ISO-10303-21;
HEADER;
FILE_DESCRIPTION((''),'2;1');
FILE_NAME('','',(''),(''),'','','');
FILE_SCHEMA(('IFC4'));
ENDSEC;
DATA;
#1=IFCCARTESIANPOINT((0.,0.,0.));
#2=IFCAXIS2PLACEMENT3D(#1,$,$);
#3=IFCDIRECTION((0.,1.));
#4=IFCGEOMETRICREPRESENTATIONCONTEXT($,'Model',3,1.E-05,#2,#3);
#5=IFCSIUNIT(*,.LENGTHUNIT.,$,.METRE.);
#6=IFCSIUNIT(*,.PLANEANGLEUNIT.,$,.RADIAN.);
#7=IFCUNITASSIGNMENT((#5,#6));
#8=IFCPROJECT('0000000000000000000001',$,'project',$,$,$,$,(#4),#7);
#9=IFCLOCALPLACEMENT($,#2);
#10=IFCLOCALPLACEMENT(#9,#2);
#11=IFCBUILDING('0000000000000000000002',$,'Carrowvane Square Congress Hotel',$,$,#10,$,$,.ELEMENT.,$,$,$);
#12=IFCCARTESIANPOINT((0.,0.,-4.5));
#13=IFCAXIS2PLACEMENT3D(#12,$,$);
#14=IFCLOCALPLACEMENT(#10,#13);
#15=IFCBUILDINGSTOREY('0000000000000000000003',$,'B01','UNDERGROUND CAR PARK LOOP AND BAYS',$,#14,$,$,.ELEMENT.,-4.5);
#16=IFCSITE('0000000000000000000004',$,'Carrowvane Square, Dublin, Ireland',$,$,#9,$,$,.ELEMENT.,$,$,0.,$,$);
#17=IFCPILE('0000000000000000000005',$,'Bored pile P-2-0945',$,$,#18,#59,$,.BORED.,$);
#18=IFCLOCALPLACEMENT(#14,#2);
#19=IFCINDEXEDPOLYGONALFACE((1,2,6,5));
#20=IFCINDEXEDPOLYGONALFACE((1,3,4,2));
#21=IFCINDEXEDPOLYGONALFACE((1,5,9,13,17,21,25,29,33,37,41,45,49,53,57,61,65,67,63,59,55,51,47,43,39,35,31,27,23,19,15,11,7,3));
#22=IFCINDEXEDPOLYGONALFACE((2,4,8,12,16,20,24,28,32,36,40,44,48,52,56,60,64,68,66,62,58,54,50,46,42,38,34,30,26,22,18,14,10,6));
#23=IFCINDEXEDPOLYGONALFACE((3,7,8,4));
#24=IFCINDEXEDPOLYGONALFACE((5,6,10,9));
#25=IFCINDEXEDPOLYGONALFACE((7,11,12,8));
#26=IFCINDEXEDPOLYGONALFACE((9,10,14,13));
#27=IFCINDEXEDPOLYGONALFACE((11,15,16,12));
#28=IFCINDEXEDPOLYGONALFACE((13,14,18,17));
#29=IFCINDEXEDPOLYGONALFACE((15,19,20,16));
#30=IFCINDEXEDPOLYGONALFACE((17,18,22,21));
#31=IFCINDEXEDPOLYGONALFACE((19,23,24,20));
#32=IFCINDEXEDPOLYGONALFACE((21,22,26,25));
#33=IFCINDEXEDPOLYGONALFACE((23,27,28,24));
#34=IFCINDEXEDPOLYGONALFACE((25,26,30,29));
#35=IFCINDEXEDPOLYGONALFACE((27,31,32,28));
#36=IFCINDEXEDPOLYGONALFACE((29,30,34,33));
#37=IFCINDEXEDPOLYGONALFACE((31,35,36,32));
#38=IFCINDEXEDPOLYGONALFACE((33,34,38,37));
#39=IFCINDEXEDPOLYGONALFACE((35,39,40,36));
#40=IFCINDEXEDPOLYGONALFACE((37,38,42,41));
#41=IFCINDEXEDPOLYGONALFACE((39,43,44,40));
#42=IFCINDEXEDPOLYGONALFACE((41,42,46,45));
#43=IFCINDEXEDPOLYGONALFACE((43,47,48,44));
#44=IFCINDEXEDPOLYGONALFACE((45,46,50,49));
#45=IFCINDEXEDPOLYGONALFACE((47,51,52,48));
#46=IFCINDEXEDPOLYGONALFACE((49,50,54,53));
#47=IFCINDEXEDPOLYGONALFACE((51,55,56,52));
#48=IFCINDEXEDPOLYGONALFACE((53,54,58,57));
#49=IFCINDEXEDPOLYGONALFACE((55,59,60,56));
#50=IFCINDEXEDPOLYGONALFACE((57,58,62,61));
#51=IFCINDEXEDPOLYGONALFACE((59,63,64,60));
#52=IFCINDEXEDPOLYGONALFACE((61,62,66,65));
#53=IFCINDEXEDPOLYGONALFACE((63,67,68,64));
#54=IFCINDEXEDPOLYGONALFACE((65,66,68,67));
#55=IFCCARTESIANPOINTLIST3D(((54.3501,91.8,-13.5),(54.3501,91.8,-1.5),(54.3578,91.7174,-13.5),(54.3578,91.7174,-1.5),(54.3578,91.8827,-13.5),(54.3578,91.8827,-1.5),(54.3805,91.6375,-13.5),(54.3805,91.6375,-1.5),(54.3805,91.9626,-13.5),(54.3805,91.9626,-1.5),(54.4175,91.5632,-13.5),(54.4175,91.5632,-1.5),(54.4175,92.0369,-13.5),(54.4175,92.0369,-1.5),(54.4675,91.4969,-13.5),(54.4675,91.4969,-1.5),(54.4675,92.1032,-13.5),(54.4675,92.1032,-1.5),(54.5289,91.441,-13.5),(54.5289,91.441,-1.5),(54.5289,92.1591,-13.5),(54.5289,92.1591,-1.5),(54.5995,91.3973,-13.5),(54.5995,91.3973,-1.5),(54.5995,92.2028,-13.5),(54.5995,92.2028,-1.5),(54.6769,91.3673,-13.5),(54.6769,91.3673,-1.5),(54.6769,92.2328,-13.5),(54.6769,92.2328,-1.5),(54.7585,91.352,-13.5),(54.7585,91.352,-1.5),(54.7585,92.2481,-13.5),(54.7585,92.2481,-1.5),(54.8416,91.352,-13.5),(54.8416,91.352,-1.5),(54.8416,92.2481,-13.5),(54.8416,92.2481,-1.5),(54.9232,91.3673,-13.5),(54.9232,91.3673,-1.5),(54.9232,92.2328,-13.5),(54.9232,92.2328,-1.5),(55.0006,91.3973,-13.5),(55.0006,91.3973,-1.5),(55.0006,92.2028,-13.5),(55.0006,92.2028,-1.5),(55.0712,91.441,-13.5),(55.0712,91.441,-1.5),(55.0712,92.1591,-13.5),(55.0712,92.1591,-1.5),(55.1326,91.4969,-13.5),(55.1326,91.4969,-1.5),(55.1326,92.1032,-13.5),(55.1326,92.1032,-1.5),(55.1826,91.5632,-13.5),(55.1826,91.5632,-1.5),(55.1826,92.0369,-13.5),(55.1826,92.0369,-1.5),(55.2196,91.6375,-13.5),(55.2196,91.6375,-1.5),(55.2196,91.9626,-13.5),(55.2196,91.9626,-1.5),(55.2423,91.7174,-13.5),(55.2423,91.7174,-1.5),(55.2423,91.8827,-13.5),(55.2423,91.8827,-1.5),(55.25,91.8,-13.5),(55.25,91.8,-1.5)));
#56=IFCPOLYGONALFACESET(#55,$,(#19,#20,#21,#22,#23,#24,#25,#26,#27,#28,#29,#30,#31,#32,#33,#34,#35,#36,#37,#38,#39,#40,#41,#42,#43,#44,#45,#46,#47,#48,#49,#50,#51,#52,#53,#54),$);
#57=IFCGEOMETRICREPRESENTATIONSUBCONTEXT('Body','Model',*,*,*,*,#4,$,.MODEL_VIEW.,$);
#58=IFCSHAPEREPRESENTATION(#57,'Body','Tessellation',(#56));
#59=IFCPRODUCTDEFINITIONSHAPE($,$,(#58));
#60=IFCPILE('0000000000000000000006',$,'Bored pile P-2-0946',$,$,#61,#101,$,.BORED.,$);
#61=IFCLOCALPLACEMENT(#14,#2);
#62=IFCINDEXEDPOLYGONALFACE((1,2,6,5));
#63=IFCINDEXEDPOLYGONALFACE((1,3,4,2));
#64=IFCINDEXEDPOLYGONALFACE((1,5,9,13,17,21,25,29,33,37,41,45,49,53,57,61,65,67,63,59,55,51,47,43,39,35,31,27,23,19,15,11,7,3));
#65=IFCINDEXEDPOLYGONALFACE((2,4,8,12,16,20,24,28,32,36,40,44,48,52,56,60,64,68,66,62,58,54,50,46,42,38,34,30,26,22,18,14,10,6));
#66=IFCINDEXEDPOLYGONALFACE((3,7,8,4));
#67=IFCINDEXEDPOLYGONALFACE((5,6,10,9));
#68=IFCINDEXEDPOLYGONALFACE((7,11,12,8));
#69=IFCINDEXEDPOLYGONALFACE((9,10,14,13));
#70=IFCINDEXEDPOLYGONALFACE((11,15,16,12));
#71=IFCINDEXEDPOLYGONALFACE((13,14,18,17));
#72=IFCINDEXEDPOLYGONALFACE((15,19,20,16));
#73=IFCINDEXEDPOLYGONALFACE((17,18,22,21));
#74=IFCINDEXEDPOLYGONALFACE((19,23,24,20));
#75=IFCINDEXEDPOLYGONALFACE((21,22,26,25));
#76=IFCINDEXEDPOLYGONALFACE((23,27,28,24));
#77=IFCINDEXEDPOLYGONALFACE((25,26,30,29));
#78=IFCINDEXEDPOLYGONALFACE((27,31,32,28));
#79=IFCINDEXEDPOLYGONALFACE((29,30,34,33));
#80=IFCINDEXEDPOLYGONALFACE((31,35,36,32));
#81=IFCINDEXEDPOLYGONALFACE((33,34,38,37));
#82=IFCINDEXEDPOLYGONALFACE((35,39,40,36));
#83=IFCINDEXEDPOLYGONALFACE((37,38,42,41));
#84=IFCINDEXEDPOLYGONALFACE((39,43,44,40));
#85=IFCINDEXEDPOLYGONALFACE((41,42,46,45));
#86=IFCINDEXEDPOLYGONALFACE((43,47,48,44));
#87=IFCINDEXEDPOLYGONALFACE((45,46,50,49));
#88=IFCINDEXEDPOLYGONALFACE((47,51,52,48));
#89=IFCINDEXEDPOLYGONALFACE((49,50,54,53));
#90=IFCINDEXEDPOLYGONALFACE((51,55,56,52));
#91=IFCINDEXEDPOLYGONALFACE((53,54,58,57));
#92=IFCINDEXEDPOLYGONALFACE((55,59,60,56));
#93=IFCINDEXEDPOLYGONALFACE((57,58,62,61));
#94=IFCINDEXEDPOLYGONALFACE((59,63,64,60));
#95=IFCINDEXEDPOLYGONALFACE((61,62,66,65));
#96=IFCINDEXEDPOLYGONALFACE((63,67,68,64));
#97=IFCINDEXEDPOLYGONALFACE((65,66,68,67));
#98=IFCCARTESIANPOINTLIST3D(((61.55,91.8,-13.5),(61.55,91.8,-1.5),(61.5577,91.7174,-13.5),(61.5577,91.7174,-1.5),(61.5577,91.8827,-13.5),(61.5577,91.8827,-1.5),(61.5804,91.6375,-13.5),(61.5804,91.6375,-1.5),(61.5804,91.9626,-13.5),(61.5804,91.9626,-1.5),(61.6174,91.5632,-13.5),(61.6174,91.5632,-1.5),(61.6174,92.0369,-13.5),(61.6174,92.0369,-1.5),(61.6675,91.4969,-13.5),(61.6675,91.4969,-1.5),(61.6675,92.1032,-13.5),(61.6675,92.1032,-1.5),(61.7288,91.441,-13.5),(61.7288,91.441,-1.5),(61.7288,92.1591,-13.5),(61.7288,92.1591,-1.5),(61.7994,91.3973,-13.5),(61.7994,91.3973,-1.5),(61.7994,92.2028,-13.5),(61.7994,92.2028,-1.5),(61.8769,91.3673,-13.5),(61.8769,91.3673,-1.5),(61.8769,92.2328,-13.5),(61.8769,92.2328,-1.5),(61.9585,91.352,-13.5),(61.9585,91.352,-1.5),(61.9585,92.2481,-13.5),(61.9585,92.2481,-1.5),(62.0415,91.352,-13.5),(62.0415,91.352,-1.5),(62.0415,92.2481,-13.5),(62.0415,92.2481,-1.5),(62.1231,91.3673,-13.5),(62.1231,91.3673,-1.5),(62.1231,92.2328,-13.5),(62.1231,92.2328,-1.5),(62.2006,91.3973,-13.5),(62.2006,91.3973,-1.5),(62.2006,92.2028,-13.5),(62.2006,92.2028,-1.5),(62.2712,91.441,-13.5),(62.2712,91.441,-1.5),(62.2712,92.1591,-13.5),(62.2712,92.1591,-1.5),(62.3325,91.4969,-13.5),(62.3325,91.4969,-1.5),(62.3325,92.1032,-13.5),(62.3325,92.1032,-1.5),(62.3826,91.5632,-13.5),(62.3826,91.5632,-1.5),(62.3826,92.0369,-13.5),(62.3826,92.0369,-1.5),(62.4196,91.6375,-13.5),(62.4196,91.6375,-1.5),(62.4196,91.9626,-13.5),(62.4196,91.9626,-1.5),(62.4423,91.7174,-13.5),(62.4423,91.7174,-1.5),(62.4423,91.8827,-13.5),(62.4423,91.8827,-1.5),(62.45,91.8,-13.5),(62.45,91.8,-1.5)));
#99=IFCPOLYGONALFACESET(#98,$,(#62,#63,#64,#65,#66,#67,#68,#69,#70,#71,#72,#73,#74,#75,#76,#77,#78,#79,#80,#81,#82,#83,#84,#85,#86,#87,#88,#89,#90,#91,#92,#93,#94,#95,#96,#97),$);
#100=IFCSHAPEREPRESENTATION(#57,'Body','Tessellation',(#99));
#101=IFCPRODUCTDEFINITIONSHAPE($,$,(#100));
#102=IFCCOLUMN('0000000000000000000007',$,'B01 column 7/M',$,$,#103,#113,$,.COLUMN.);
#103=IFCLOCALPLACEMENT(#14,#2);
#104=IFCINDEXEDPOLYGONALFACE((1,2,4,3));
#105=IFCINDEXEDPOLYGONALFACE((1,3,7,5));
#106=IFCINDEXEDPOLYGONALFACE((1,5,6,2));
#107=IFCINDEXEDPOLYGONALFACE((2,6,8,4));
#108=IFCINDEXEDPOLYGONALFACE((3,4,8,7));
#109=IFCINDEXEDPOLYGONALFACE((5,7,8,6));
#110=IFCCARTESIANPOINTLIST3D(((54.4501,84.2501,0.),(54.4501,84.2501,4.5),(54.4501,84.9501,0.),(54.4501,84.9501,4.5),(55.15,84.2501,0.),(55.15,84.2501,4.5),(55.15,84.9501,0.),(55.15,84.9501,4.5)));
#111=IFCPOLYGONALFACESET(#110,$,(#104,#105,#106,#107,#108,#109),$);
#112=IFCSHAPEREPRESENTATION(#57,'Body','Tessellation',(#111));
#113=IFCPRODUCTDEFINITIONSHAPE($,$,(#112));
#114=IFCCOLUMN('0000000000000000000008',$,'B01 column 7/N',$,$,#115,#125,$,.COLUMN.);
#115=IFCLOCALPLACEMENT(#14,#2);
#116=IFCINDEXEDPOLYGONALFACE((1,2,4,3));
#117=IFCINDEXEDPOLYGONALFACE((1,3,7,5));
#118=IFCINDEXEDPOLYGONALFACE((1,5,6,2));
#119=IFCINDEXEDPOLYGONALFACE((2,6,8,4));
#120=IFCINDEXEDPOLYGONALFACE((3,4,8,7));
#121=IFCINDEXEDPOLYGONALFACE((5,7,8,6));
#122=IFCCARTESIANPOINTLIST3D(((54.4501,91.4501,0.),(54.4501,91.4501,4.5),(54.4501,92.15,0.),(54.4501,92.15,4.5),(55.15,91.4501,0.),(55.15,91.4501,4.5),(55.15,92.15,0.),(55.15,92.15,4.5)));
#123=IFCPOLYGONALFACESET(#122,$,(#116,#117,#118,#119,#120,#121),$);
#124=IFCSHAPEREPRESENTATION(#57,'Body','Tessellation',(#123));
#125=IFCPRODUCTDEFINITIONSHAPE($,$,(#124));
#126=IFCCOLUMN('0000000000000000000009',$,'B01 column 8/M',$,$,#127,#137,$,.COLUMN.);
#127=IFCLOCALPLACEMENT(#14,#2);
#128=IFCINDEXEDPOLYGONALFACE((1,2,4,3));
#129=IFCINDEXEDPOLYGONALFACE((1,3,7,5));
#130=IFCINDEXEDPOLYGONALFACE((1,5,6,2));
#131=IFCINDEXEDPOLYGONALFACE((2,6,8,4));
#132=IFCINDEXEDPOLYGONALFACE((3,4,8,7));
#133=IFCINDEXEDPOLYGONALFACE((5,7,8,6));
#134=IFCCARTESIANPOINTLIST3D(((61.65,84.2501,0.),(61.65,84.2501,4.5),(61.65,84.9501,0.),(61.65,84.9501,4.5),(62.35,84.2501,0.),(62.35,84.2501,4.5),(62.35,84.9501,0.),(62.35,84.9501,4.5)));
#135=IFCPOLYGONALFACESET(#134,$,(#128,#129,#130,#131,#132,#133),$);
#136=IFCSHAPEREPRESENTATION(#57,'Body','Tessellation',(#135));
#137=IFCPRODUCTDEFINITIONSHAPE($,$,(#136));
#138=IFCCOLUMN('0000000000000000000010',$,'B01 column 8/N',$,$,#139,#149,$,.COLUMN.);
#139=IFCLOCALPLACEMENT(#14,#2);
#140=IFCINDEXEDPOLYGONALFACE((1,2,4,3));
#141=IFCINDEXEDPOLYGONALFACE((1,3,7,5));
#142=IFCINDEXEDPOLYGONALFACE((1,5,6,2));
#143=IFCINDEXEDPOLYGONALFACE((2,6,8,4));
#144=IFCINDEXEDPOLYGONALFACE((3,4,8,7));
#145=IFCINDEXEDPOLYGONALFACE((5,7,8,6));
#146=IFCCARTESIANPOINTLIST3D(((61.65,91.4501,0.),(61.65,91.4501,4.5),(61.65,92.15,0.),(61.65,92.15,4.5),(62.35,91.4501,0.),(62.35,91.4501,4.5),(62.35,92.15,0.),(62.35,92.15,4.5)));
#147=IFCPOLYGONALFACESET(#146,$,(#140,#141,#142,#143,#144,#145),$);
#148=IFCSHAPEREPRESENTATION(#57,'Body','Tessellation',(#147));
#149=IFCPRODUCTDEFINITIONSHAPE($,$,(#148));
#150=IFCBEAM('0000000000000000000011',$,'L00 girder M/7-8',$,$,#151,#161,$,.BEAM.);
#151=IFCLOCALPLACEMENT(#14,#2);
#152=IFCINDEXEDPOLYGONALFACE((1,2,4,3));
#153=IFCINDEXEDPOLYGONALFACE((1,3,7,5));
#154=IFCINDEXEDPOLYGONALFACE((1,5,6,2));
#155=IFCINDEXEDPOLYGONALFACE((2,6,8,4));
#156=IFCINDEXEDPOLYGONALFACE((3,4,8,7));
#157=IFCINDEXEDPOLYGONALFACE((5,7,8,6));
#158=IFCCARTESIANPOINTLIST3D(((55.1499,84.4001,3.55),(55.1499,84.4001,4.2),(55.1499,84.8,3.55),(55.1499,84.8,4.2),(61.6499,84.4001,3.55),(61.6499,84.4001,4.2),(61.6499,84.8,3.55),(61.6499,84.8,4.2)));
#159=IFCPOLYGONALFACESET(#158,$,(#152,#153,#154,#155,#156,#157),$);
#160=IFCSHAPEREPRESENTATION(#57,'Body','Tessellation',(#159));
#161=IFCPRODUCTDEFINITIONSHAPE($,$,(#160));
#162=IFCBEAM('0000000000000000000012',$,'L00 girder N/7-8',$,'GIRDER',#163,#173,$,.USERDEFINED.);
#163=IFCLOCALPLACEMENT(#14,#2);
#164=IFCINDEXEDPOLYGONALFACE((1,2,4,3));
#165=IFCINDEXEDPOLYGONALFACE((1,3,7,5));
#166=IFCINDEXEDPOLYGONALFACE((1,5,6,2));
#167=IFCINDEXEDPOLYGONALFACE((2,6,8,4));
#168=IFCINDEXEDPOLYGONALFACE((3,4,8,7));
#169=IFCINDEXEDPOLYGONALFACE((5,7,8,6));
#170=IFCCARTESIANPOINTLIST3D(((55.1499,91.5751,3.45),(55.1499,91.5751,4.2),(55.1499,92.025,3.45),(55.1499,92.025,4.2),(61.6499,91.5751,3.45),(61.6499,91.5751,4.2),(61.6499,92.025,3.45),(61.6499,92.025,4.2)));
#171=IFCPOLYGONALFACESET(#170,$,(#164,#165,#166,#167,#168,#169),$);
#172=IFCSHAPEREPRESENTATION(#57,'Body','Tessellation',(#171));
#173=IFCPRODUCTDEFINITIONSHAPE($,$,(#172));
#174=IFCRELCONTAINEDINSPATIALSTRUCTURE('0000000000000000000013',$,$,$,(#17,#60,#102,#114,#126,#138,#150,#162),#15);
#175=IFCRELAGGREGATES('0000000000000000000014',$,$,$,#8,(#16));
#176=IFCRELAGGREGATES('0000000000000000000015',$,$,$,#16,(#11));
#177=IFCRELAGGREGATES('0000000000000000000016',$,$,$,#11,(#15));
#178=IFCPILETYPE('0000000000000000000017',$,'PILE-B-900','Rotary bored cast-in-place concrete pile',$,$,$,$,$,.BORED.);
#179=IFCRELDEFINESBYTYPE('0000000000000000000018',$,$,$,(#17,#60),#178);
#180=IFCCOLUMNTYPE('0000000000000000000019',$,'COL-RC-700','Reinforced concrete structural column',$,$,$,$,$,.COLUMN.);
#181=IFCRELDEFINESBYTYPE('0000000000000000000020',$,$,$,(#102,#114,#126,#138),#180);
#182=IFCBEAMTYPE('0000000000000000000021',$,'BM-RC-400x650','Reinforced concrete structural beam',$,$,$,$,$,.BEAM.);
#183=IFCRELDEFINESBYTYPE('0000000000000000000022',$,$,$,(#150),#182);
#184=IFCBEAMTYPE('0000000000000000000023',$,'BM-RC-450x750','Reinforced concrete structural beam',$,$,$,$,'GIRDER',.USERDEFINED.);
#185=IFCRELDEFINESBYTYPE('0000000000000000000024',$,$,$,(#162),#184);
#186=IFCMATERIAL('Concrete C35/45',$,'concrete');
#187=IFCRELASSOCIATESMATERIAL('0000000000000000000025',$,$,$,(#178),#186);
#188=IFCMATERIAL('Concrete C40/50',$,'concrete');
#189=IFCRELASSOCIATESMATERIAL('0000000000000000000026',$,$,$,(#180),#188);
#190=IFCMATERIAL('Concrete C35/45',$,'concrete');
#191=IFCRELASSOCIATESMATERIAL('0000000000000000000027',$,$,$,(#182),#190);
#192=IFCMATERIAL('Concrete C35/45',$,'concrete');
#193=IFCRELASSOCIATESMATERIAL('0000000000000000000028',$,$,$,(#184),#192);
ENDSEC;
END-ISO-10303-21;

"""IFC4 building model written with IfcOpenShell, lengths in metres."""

from ifc_helpers import new_model, si_unit, direction, frame, origin, origin_2d, place, context, subcontext, project, spatial, rectangle, circle, extrude, material, material_profile, profile_set, type_object, element, save


model = new_model("IFC4")

# Units and contexts
model_context = context("Model", 3, precision=1e-05, world=origin(), true_north=direction((0.0, 1.0)))
body_context = subcontext(model_context, "Body", "Model", "MODEL_VIEW")
ifc_project = project(units=[si_unit("LENGTHUNIT", "METRE"), si_unit("PLANEANGLEUNIT", "RADIAN")], contexts=[model_context])

# Site, building, storey
site_placement = place(None, origin())
site = spatial("IfcSite", under=ifc_project, at=site_placement, Name="Carrowvane Square, Dublin, Ireland", CompositionType="ELEMENT", RefElevation=0.0)
building_placement = place(site_placement, origin())
building = spatial("IfcBuilding", under=site, at=building_placement, Name="Carrowvane Square Congress Hotel", CompositionType="ELEMENT")
storey_placement = place(building_placement, frame((0.0, 0.0, -4.5)))
storey = spatial("IfcBuildingStorey", under=building, at=storey_placement, Name="B01", Description="UNDERGROUND CAR PARK LOOP AND BAYS", CompositionType="ELEMENT", Elevation=-4.5)

# Piles
ifc_material_1 = material(Name="Concrete C35/45", Category="concrete")
ifc_material_profile_1 = material_profile(ifc_material_1, circle(Radius=0.45, at=origin_2d()), Name="PILE D900")
ifc_profile_set_1 = profile_set([ifc_material_profile_1], Name="Concrete C35/45")
pile_type_1 = type_object("IfcPileType", Name="PILE-B-900", Description="Rotary bored cast-in-place concrete pile", PredefinedType="BORED", material=ifc_profile_set_1)
for number, where, z_axis, x_axis, name in (
    (1, (54.8, 91.8, -1.5), (0.0, 0.0, -1.0), (1.0, 0.0, 0.0), "Bored pile P-2-0945"),
    (2, (62.0, 91.8, -1.5), (0.0, 0.0, -1.0), (1.0, 0.0, 0.0), "Bored pile P-2-0946"),
):
    element("IfcPile", number, at=place(storey_placement, frame(where, z_axis=z_axis, x_axis=x_axis)), inside=storey, type_object=pile_type_1, Name=name, PredefinedType="BORED", context=body_context, shape_type="SweptSolid", body=[
        extrude(circle(Radius=0.45, at=origin_2d()), origin(), (0.0, 0.0, 1.0), 12.0),
    ])

# Columns
ifc_material_2 = material(Name="Concrete C40/50", Category="concrete")
ifc_material_profile_2 = material_profile(ifc_material_2, rectangle(XDim=0.7, YDim=0.7, at=origin_2d()), Name="RC 700x700")
ifc_profile_set_2 = profile_set([ifc_material_profile_2], Name="Concrete C40/50")
column_type = type_object("IfcColumnType", Name="COL-RC-700", Description="Reinforced concrete structural column", PredefinedType="COLUMN", material=ifc_profile_set_2)
for number, where, z_axis, x_axis, name in (
    (3, (54.8, 84.6001, 0.0), (0.0, 0.0, 1.0), (1.0, 0.0, 0.0), "B01 column 7/M"),
    (4, (54.8, 91.8, 0.0), (0.0, 0.0, 1.0), (1.0, 0.0, 0.0), "B01 column 7/N"),
    (5, (62.0, 84.6001, 0.0), (0.0, 0.0, 1.0), (1.0, 0.0, 0.0), "B01 column 8/M"),
    (6, (62.0, 91.8, 0.0), (0.0, 0.0, 1.0), (1.0, 0.0, 0.0), "B01 column 8/N"),
):
    element("IfcColumn", number, at=place(storey_placement, frame(where, z_axis=z_axis, x_axis=x_axis)), inside=storey, type_object=column_type, Name=name, PredefinedType="COLUMN", context=body_context, shape_type="SweptSolid", body=[
        extrude(rectangle(XDim=0.7, YDim=0.7, at=origin_2d()), origin(), (0.0, 0.0, 1.0), 4.5),
    ])

# Beams
ifc_material_3 = material(Name="Concrete C35/45", Category="concrete")
ifc_material_profile_3 = material_profile(ifc_material_3, rectangle(XDim=0.3999, YDim=0.6499, at=origin_2d()), Name="RC 400x650")
ifc_profile_set_3 = profile_set([ifc_material_profile_3], Name="Concrete C35/45")
beam_type_1 = type_object("IfcBeamType", Name="BM-RC-400x650", Description="Reinforced concrete structural beam", PredefinedType="BEAM", material=ifc_profile_set_3)
beam_1_placement = place(storey_placement, frame((55.1499, 84.6001, 3.875), z_axis=(1.0, 0.0, 0.0), x_axis=(0.0, 1.0, 0.0)))
element("IfcBeam", 7, at=beam_1_placement, inside=storey, type_object=beam_type_1, Name="L00 girder M/7-8", PredefinedType="BEAM", context=body_context, shape_type="SweptSolid", body=[
    extrude(rectangle(XDim=0.3999, YDim=0.6499, at=origin_2d()), origin(), (0.0, 0.0, 1.0), 6.5),
])
ifc_material_4 = material(Name="Concrete C35/45", Category="concrete")
ifc_material_profile_4 = material_profile(ifc_material_4, rectangle(XDim=0.45, YDim=0.75, at=origin_2d()), Name="RC 450x750")
ifc_profile_set_4 = profile_set([ifc_material_profile_4], Name="Concrete C35/45")
beam_type_2 = type_object("IfcBeamType", Name="BM-RC-450x750", Description="Reinforced concrete structural beam", ElementType="GIRDER", PredefinedType="USERDEFINED", material=ifc_profile_set_4)
beam_2_placement = place(storey_placement, frame((55.1499, 91.8, 3.825), z_axis=(1.0, 0.0, 0.0), x_axis=(0.0, 1.0, 0.0)))
element("IfcBeam", 8, at=beam_2_placement, inside=storey, type_object=beam_type_2, Name="L00 girder N/7-8", ObjectType="GIRDER", PredefinedType="USERDEFINED", context=body_context, shape_type="SweptSolid", body=[
    extrude(rectangle(XDim=0.45, YDim=0.75, at=origin_2d()), origin(), (0.0, 0.0, 1.0), 6.5),
])

save(model, "model.ifc")
